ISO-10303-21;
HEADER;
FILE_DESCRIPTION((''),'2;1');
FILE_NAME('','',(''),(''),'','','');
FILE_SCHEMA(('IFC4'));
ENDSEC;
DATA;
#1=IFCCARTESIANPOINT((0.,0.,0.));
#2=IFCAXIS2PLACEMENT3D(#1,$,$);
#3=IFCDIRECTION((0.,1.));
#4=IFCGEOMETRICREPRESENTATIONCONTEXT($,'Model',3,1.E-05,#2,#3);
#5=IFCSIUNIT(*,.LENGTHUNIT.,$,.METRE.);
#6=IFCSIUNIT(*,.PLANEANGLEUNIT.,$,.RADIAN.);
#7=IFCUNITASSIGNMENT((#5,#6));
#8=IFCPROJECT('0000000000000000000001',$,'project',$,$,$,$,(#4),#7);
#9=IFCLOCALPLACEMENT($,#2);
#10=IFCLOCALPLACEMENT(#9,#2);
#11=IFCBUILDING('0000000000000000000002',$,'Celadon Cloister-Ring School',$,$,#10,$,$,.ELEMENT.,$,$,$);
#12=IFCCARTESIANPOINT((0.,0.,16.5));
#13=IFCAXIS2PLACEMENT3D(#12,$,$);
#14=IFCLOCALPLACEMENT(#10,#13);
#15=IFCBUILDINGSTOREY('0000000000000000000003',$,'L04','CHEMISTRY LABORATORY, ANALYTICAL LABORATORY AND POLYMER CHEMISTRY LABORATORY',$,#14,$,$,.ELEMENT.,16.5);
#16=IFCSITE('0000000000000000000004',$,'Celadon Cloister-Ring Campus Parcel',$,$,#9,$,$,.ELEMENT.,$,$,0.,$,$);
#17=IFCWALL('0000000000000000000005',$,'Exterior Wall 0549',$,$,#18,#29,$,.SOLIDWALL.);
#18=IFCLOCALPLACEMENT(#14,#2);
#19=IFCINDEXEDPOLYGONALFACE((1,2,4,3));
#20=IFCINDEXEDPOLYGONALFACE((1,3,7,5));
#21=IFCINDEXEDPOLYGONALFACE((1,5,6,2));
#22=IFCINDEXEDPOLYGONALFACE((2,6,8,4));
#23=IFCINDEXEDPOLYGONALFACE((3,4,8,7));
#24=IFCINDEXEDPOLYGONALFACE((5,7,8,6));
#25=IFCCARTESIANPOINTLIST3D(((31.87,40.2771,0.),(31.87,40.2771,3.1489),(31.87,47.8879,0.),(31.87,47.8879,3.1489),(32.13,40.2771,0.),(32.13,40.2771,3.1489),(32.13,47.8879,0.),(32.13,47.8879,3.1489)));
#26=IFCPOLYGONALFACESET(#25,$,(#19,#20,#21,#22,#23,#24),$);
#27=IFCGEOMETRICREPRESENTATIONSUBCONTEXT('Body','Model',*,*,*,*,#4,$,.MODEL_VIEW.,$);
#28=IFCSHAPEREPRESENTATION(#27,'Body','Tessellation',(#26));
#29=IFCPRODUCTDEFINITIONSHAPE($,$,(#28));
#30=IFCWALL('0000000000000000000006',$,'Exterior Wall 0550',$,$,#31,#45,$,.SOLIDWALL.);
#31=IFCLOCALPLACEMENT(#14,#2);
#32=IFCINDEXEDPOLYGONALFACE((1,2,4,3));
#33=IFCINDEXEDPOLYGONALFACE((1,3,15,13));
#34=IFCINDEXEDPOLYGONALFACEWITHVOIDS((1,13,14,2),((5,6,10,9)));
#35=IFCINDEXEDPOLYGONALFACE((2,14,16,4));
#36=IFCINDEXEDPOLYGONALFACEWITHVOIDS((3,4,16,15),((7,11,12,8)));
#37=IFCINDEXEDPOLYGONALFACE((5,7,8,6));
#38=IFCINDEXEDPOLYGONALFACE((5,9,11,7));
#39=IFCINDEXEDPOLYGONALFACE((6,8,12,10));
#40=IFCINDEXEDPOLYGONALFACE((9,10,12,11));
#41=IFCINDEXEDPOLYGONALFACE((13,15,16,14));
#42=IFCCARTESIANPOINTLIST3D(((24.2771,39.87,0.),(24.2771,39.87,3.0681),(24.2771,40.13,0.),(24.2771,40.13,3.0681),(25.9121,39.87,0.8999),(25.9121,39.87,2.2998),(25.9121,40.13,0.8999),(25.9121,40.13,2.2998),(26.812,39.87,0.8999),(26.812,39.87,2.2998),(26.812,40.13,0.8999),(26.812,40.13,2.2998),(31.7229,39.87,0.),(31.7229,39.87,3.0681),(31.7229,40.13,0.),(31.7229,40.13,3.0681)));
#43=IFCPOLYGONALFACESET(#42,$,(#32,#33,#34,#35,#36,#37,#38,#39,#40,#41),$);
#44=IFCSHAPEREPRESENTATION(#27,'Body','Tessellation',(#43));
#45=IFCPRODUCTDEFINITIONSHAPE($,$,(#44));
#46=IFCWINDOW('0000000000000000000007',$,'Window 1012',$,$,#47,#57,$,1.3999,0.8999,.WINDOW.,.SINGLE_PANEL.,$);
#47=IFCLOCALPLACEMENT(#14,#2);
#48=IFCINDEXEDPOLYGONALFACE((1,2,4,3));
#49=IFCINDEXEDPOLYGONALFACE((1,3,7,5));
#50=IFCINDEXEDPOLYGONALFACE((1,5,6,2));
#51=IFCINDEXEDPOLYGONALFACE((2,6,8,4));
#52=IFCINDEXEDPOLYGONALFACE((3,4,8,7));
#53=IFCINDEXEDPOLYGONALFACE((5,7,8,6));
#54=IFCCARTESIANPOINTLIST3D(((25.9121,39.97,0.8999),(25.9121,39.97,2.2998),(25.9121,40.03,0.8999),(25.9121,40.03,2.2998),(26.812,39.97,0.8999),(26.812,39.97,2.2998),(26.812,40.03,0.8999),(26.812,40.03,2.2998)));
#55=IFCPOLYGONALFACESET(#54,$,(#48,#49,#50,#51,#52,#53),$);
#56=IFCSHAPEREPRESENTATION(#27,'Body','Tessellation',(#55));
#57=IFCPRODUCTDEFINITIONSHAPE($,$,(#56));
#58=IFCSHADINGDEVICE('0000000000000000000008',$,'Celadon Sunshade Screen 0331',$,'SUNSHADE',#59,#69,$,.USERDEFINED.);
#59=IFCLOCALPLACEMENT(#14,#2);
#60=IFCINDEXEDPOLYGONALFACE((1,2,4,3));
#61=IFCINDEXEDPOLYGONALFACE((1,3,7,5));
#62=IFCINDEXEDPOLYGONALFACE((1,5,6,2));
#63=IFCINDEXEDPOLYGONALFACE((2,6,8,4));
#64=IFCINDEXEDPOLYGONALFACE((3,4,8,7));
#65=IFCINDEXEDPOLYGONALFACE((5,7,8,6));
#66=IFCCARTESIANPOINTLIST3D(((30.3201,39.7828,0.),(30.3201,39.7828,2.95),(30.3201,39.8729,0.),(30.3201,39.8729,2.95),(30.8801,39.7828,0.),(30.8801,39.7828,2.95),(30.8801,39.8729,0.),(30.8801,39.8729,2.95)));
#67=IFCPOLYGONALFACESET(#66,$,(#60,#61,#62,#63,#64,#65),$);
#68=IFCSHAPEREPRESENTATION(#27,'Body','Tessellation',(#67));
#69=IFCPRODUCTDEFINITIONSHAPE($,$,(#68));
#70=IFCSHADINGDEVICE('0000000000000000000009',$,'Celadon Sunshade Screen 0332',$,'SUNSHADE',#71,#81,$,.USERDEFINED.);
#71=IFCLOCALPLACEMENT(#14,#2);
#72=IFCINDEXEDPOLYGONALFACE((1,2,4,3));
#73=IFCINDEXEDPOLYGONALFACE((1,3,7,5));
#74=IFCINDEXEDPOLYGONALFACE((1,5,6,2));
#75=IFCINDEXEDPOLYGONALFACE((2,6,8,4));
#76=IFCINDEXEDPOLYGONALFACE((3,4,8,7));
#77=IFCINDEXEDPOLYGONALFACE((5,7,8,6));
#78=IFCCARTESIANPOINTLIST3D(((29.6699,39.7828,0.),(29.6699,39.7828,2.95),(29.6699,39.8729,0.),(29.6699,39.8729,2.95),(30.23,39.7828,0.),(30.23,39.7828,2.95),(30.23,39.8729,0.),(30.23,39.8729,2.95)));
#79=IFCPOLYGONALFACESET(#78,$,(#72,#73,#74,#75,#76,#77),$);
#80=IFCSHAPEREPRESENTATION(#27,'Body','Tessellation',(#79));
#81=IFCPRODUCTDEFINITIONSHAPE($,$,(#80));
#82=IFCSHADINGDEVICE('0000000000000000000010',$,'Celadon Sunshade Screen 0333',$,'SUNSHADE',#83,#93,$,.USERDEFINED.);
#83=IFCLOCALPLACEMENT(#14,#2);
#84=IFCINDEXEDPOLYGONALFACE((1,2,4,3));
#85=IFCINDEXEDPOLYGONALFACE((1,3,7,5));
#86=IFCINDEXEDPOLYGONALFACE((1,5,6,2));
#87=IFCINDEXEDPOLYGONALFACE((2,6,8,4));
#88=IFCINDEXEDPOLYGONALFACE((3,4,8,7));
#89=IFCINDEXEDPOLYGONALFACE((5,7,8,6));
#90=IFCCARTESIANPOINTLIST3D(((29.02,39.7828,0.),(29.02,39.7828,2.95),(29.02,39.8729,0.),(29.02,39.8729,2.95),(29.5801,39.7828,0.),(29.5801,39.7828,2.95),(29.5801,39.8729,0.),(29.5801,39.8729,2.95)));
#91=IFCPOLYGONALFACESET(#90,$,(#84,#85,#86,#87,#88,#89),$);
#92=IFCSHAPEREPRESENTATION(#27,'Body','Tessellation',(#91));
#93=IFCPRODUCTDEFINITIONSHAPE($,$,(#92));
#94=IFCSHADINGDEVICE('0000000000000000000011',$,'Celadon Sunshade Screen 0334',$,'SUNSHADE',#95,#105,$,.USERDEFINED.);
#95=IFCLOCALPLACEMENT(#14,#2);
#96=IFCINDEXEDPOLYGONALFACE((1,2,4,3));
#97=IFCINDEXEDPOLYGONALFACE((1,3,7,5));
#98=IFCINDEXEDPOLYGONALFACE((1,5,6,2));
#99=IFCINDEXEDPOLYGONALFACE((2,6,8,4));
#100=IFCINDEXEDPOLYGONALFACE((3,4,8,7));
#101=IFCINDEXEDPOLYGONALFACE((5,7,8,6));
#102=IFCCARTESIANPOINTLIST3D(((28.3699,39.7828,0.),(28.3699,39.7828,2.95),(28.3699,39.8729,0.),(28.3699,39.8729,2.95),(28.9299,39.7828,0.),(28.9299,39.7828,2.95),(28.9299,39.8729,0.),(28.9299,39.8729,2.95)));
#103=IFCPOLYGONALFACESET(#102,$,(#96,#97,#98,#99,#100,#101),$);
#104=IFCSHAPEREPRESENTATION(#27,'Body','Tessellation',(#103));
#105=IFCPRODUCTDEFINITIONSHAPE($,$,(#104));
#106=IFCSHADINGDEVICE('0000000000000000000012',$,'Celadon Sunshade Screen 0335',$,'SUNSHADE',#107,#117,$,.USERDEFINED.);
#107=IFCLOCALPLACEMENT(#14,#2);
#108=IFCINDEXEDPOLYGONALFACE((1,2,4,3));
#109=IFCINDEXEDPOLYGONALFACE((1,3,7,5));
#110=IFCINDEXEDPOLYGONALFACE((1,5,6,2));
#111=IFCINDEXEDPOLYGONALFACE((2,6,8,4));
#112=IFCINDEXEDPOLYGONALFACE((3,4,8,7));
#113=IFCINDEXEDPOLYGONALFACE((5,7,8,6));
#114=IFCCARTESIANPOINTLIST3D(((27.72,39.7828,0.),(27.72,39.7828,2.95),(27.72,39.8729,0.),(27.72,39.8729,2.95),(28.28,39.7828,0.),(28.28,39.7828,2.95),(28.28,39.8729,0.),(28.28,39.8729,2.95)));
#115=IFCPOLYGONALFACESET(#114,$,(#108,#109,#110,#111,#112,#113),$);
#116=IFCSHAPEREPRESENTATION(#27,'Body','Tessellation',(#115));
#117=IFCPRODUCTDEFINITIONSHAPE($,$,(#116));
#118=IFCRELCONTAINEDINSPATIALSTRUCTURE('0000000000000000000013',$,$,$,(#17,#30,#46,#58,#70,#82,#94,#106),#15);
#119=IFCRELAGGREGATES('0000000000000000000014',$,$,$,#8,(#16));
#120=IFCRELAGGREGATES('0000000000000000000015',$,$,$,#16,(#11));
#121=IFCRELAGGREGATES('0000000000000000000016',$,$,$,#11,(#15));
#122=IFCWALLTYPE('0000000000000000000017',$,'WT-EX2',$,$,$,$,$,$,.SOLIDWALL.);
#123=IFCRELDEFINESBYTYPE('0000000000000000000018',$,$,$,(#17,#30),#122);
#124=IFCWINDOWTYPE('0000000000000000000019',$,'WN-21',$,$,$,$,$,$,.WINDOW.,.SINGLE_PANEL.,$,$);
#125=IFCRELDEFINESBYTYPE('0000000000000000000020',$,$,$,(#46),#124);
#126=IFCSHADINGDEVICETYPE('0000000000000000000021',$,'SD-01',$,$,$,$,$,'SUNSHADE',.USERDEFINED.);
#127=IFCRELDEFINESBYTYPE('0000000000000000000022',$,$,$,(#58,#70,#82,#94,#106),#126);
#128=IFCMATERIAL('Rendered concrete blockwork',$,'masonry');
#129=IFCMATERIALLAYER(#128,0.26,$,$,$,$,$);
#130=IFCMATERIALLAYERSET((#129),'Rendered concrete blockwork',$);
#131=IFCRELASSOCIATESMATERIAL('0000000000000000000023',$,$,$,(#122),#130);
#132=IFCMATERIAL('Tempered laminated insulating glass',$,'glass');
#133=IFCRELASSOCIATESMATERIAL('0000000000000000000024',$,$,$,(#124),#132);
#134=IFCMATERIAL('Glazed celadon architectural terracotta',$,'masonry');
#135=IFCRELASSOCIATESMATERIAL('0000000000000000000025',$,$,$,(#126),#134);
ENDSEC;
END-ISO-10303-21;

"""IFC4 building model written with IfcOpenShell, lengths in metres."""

from ifc_helpers import new_model, si_unit, direction, frame, frame_2d, origin, origin_2d, place, context, subcontext, project, spatial, rectangle, extrude, material, layer, layer_set, type_object, element, fill, save


model = new_model("IFC4")

# Units and contexts
model_context = context("Model", 3, precision=1e-05, world=origin(), true_north=direction((0.0, 1.0)))
body_context = subcontext(model_context, "Body", "Model", "MODEL_VIEW")
ifc_project = project(units=[si_unit("LENGTHUNIT", "METRE"), si_unit("PLANEANGLEUNIT", "RADIAN")], contexts=[model_context])

# Site, building, storey
site_placement = place(None, origin())
site = spatial("IfcSite", under=ifc_project, at=site_placement, Name="Celadon Cloister-Ring Campus Parcel", CompositionType="ELEMENT", RefElevation=0.0)
building_placement = place(site_placement, origin())
building = spatial("IfcBuilding", under=site, at=building_placement, Name="Celadon Cloister-Ring School", CompositionType="ELEMENT")
storey_placement = place(building_placement, frame((0.0, 0.0, 16.5)))
storey = spatial("IfcBuildingStorey", under=building, at=storey_placement, Name="L04", Description="CHEMISTRY LABORATORY, ANALYTICAL LABORATORY AND POLYMER CHEMISTRY LABORATORY", CompositionType="ELEMENT", Elevation=16.5)

# Wall
ifc_material_1 = material(Name="Rendered concrete blockwork", Category="masonry")
ifc_layer = layer(ifc_material_1, 0.26)
ifc_layer_set = layer_set([ifc_layer], Name="Rendered concrete blockwork")
wall_type = type_object("IfcWallType", Name="WT-EX2", PredefinedType="SOLIDWALL", material=ifc_layer_set)
wall_1_placement = place(storey_placement, frame((32.0, 47.8879, 0.0), z_axis=(0.0, 0.0, 1.0), x_axis=(0.0, -1.0, 0.0)))
element("IfcWall", 1, at=wall_1_placement, inside=storey, type_object=wall_type, Name="Exterior Wall 0549", PredefinedType="SOLIDWALL", context=body_context, shape_type="SweptSolid", body=[
    extrude(rectangle(XDim=7.6108, YDim=0.26, at=frame_2d((3.8054, 0.0))), origin(), (0.0, 0.0, 1.0), 3.1489),
])

# Wall, opening, window
wall_2_placement = place(storey_placement, frame((31.7229, 40.0, 0.0), z_axis=(0.0, 0.0, 1.0), x_axis=(-1.0, 0.0, 0.0)))
wall_2 = element("IfcWall", 2, at=wall_2_placement, inside=storey, type_object=wall_type, Name="Exterior Wall 0550", PredefinedType="SOLIDWALL", context=body_context, shape_type="SweptSolid", body=[
    extrude(rectangle(XDim=7.4458, YDim=0.26, at=frame_2d((3.7229, 0.0))), origin(), (0.0, 0.0, 1.0), 3.0681),
])
opening_placement = place(wall_2_placement, frame((4.9109, 0.0, 0.8999)))
opening = element("IfcOpeningElement", 3, at=opening_placement, cuts=wall_2, PredefinedType="OPENING", context=body_context, shape_type="SweptSolid", body=[
    extrude(rectangle(XDim=0.8999, YDim=1.3999, at=frame_2d((0.45, 0.7))), frame((0.0, 0.1401, 0.0), z_axis=(0.0, -1.0, 0.0), x_axis=(1.0, 0.0, 0.0)), (0.0, 0.0, 1.0), 0.28),
])
ifc_material_2 = material(Name="Tempered laminated insulating glass", Category="glass")
window_type = type_object("IfcWindowType", Name="WN-21", PartitioningType="SINGLE_PANEL", PredefinedType="WINDOW", material=ifc_material_2)
window_placement = place(opening_placement, origin())
window = element("IfcWindow", 4, at=window_placement, inside=storey, type_object=window_type, Name="Window 1012", OverallHeight=1.3999, OverallWidth=0.8999, PartitioningType="SINGLE_PANEL", PredefinedType="WINDOW", context=body_context, shape_type="SweptSolid", body=[
    extrude(rectangle(XDim=0.8999, YDim=1.3999, at=frame_2d((0.45, 0.7))), frame((0.0, 0.03, 0.0), z_axis=(0.0, -1.0, 0.0), x_axis=(1.0, 0.0, 0.0)), (0.0, 0.0, 1.0), 0.0601),
])
fill(opening, window)

# Shading devices
ifc_material_3 = material(Name="Glazed celadon architectural terracotta", Category="masonry")
shading_device_type = type_object("IfcShadingDeviceType", Name="SD-01", ElementType="SUNSHADE", PredefinedType="USERDEFINED", material=ifc_material_3)
for number, where, z_axis, x_axis, name in (
    (5, (30.6001, 39.8279, 0.0), (0.0, 0.0, 1.0), (-1.0, 0.0, 0.0), "Celadon Sunshade Screen 0331"),
    (6, (29.95, 39.8279, 0.0), (0.0, 0.0, 1.0), (-1.0, 0.0, 0.0), "Celadon Sunshade Screen 0332"),
    (7, (29.3, 39.8279, 0.0), (0.0, 0.0, 1.0), (-1.0, 0.0, 0.0), "Celadon Sunshade Screen 0333"),
    (8, (28.6499, 39.8279, 0.0), (0.0, 0.0, 1.0), (-1.0, 0.0, 0.0), "Celadon Sunshade Screen 0334"),
    (9, (28.0, 39.8279, 0.0), (0.0, 0.0, 1.0), (-1.0, 0.0, 0.0), "Celadon Sunshade Screen 0335"),
):
    element("IfcShadingDevice", number, at=place(storey_placement, frame(where, z_axis=z_axis, x_axis=x_axis)), inside=storey, type_object=shading_device_type, Name=name, ObjectType="SUNSHADE", PredefinedType="USERDEFINED", context=body_context, shape_type="SweptSolid", body=[
        extrude(rectangle(XDim=0.5601, YDim=0.0901, at=origin_2d()), origin(), (0.0, 0.0, 1.0), 2.95),
    ])

save(model, "model.ifc")
